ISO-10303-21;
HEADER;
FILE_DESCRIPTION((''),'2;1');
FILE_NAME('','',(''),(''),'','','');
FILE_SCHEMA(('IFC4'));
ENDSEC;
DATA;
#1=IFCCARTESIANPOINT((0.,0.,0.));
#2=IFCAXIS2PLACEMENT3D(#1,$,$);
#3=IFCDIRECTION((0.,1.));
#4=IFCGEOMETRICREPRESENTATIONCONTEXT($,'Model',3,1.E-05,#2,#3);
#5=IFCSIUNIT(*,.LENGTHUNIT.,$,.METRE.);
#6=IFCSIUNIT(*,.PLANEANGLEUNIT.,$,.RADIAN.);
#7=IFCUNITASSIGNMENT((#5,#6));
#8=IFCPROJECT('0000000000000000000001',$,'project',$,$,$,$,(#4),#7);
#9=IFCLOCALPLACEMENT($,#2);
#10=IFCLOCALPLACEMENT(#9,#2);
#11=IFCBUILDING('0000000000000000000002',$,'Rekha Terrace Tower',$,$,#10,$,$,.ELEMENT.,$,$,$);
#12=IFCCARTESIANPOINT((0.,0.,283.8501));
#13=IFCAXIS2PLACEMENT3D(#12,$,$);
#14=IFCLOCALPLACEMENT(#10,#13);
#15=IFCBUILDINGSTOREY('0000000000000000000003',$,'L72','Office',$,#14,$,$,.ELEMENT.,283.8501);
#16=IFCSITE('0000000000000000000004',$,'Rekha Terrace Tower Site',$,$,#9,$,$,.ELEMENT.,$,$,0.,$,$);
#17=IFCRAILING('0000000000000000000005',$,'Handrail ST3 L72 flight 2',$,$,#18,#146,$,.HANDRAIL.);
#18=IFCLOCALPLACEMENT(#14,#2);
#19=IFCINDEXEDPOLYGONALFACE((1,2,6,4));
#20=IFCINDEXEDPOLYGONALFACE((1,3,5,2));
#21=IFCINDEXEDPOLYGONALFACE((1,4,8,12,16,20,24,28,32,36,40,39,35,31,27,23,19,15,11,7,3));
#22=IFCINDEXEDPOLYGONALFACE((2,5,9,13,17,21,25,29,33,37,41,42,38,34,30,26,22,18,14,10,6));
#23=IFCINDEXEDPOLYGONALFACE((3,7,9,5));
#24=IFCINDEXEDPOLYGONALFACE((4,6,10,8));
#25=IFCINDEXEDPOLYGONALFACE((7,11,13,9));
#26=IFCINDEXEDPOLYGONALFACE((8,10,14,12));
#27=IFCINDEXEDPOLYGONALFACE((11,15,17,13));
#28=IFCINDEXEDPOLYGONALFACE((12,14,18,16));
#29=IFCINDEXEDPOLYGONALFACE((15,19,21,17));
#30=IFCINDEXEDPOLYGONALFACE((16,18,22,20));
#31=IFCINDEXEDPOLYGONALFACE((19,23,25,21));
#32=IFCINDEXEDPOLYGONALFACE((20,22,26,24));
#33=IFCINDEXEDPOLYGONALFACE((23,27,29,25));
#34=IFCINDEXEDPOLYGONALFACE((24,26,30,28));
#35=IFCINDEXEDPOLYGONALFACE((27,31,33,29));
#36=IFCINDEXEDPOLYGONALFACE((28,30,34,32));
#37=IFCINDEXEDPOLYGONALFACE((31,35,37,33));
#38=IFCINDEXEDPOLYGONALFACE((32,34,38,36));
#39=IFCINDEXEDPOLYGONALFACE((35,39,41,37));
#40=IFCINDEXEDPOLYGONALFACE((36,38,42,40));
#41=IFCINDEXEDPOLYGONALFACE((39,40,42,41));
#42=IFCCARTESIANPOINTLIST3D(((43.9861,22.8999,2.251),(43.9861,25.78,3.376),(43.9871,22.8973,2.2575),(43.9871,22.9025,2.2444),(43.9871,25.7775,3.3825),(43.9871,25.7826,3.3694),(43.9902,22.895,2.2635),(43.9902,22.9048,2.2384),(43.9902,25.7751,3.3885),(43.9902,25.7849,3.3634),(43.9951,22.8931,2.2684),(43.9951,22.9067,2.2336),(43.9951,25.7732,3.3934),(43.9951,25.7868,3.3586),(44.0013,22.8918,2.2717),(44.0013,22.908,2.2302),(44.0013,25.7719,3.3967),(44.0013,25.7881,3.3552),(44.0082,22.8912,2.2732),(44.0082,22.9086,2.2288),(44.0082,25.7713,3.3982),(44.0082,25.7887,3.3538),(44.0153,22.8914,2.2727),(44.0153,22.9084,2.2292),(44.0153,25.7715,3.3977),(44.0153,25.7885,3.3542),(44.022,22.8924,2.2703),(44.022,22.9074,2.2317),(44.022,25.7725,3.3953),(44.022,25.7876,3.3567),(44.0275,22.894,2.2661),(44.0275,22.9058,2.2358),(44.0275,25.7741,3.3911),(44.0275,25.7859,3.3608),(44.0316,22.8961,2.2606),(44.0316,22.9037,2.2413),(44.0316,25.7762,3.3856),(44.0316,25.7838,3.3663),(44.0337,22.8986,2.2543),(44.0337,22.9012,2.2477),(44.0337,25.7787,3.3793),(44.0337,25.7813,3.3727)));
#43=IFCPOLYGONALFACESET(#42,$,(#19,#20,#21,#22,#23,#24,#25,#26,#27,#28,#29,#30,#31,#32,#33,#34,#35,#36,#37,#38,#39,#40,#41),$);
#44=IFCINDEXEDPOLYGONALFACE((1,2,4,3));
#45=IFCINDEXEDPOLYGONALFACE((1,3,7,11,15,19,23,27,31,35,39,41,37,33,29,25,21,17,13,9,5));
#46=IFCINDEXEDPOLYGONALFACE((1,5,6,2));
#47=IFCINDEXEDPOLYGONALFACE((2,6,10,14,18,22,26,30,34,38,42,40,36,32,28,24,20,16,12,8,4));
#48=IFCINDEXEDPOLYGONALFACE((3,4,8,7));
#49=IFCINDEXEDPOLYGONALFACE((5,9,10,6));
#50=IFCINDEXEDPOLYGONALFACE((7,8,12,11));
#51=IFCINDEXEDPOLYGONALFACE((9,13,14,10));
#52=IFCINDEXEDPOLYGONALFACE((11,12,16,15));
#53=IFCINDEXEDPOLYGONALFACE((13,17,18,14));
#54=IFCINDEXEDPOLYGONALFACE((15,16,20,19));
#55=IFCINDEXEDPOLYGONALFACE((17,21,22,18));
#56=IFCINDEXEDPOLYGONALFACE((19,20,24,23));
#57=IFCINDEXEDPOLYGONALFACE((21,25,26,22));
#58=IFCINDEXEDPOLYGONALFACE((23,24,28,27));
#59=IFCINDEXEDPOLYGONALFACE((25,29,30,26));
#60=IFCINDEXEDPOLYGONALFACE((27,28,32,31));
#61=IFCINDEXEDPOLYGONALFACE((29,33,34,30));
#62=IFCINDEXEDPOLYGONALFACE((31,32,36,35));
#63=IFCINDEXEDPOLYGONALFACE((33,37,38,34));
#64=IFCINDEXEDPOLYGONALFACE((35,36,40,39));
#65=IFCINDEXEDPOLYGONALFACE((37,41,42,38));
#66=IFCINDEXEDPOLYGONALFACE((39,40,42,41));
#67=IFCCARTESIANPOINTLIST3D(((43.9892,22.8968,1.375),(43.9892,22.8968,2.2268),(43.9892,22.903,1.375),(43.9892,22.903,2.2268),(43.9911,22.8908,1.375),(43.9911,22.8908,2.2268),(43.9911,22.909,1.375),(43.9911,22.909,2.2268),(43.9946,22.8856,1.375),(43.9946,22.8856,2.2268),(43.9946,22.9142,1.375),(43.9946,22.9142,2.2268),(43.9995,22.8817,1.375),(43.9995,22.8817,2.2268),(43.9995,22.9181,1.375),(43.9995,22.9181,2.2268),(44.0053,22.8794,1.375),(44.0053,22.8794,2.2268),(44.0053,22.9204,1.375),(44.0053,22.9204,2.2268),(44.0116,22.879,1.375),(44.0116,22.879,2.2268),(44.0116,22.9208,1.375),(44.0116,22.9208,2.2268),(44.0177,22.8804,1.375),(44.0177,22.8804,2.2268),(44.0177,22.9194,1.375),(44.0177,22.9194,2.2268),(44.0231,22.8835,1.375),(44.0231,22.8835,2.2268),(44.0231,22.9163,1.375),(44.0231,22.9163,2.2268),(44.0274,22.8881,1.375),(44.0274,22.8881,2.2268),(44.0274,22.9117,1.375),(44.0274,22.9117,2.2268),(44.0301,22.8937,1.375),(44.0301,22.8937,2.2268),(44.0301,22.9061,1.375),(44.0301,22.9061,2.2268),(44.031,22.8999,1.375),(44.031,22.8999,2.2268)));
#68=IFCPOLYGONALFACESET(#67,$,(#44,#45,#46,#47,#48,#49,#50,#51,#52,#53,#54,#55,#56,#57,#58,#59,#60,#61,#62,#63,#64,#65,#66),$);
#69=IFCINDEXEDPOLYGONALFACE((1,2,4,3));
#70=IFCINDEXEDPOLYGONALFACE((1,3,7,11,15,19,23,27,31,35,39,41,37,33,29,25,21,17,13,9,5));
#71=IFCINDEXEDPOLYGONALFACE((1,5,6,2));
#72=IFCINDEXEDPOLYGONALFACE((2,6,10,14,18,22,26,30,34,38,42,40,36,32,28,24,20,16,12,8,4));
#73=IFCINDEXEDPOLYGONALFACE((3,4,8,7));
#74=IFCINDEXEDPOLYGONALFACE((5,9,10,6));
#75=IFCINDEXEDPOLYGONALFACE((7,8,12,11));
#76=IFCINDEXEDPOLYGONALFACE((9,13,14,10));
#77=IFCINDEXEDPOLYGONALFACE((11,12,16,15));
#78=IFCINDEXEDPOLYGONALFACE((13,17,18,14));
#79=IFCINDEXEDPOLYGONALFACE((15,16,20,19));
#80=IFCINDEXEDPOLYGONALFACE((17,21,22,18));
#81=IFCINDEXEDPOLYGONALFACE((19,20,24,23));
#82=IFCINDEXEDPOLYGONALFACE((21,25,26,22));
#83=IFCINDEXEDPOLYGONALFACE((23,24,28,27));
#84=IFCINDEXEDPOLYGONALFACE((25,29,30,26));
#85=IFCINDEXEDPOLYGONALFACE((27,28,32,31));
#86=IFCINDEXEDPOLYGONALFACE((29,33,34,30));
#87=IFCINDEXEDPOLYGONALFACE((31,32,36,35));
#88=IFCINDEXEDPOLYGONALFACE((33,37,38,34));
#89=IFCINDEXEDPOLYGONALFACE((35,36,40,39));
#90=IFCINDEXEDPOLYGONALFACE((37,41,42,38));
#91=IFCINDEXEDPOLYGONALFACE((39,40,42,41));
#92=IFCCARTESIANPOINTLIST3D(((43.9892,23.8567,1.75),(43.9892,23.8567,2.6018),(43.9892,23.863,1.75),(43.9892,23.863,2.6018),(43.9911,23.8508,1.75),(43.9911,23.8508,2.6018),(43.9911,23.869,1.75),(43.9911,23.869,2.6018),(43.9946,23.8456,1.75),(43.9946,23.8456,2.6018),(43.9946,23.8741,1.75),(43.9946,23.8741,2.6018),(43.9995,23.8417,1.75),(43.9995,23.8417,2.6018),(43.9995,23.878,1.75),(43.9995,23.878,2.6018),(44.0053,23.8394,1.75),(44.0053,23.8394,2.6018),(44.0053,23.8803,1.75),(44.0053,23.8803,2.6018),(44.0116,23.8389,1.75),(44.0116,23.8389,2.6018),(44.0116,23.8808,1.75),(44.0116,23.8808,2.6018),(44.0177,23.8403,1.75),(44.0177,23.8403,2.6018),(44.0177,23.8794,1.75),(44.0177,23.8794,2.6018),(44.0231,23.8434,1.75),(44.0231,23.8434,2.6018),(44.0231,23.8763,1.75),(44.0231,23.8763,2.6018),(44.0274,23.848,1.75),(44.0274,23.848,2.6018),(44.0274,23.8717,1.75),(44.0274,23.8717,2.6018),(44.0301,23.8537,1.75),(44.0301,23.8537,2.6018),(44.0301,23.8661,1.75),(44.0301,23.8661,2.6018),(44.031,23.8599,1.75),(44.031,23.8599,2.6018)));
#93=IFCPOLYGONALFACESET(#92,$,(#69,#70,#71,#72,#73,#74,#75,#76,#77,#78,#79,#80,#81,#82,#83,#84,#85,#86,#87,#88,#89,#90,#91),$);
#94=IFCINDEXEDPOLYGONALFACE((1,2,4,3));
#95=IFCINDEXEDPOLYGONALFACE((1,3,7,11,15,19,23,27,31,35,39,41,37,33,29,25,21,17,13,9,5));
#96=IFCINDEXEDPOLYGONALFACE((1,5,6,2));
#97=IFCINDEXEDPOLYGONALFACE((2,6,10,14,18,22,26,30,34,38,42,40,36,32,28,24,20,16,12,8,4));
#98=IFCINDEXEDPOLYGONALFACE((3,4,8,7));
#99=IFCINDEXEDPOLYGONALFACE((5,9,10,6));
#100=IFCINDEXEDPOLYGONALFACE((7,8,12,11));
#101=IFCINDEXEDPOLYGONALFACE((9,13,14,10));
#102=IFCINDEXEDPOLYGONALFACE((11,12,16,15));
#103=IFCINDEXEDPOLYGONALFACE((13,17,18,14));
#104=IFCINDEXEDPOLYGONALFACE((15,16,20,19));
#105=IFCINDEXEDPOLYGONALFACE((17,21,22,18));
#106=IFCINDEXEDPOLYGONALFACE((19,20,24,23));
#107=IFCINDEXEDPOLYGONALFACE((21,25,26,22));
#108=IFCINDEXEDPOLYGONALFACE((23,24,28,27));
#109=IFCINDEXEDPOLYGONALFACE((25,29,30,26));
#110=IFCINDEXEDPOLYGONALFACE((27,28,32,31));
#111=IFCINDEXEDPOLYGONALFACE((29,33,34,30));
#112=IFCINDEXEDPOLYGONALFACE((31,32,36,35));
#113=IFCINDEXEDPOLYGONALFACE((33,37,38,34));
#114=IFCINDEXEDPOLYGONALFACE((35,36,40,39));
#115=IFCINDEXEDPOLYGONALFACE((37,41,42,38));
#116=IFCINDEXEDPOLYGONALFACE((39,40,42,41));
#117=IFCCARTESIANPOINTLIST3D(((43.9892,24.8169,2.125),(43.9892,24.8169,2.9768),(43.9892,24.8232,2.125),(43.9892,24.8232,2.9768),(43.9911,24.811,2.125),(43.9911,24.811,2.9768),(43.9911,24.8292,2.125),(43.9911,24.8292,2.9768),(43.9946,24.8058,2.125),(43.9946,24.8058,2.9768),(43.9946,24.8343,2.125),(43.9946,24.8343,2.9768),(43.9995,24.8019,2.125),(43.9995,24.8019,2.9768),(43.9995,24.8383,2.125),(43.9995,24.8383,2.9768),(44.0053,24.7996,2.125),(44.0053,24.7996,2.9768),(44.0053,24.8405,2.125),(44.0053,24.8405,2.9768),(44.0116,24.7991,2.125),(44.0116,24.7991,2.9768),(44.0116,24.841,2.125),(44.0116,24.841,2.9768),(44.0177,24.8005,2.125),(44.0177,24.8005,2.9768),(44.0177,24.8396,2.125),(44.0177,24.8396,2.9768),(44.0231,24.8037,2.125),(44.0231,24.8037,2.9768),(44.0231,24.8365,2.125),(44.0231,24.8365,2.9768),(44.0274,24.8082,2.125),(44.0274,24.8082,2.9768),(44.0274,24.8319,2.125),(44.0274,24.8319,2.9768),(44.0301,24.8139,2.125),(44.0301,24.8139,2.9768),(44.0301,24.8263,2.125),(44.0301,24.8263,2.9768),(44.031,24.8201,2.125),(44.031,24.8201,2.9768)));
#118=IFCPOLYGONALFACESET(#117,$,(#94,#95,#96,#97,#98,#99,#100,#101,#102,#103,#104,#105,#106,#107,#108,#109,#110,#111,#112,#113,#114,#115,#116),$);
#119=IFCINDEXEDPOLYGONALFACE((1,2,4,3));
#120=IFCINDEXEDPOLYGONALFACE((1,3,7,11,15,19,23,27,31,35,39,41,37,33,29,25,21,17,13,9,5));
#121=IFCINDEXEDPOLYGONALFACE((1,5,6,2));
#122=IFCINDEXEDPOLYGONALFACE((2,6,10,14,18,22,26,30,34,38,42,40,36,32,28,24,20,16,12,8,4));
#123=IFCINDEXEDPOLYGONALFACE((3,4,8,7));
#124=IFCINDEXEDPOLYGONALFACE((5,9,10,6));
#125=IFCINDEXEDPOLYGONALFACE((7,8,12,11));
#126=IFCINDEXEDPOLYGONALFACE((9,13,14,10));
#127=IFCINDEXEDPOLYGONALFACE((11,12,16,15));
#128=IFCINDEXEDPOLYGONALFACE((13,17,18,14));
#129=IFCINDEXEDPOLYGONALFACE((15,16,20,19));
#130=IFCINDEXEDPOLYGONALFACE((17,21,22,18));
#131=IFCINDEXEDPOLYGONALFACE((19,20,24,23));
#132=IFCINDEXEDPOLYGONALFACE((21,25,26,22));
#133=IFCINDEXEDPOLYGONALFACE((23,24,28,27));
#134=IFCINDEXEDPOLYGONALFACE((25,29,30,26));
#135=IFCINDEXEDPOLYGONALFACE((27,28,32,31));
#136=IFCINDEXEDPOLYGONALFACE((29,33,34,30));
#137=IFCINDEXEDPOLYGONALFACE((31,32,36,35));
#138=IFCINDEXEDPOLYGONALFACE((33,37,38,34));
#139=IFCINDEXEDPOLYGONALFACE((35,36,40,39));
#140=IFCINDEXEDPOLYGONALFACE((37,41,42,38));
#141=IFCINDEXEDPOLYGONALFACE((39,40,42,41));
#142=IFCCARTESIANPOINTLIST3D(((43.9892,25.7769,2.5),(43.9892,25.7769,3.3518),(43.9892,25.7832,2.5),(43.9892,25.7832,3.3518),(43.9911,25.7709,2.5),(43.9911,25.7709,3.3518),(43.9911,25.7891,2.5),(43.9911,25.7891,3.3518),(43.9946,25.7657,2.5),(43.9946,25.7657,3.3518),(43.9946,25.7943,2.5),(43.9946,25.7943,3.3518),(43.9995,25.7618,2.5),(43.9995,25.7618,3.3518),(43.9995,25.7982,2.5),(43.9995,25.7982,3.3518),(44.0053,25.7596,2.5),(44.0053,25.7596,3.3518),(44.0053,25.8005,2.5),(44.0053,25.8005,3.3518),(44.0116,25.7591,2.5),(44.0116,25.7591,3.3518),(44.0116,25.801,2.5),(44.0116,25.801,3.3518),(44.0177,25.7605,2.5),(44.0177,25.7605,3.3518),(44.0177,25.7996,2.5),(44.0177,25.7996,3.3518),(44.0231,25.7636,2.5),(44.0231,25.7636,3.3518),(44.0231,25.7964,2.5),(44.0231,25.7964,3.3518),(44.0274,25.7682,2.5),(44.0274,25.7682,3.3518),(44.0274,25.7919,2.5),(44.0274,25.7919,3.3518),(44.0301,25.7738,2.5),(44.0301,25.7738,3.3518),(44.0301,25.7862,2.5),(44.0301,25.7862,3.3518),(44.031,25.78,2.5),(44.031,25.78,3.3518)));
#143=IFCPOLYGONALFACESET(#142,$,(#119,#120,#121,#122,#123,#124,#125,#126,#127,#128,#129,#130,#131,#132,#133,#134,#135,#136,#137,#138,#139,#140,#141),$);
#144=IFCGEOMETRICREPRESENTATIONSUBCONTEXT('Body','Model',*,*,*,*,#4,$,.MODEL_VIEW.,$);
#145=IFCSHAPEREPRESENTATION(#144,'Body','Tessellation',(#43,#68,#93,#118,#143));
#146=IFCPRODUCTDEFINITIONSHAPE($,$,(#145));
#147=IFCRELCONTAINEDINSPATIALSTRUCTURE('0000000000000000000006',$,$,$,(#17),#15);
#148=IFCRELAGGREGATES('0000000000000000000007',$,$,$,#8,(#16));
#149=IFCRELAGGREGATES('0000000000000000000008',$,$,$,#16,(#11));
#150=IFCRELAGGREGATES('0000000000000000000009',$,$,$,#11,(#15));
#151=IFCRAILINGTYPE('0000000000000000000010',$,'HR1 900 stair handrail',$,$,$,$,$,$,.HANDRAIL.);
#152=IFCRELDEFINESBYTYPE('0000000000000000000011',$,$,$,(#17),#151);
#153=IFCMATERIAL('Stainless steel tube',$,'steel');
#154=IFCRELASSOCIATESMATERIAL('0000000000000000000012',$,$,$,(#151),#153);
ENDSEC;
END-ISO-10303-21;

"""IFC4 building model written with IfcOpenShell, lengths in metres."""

from ifc_helpers import new_model, si_unit, direction, frame, origin, origin_2d, place, context, subcontext, project, spatial, circle, extrude, material, type_object, element, save


model = new_model("IFC4")

# Units and contexts
model_context = context("Model", 3, precision=1e-05, world=origin(), true_north=direction((0.0, 1.0)))
body_context = subcontext(model_context, "Body", "Model", "MODEL_VIEW")
ifc_project = project(units=[si_unit("LENGTHUNIT", "METRE"), si_unit("PLANEANGLEUNIT", "RADIAN")], contexts=[model_context])

# Site, building, storey
site_placement = place(None, origin())
site = spatial("IfcSite", under=ifc_project, at=site_placement, Name="Rekha Terrace Tower Site", CompositionType="ELEMENT", RefElevation=0.0)
building_placement = place(site_placement, origin())
building = spatial("IfcBuilding", under=site, at=building_placement, Name="Rekha Terrace Tower", CompositionType="ELEMENT")
storey_placement = place(building_placement, frame((0.0, 0.0, 283.8501)))
storey = spatial("IfcBuildingStorey", under=building, at=storey_placement, Name="L72", Description="Office", CompositionType="ELEMENT", Elevation=283.8501)

# Railing
ifc_material_1 = material(Name="Stainless steel tube", Category="steel")
railing_type_1 = type_object("IfcRailingType", Name="HR1 900 stair handrail", PredefinedType="HANDRAIL", material=ifc_material_1)
railing_1_placement = place(storey_placement, frame((44.01, 22.8999, 1.375)))
element("IfcRailing", 1, at=railing_1_placement, inside=storey, type_object=railing_type_1, Name="Handrail ST3 L72 flight 2", PredefinedType="HANDRAIL", context=body_context, shape_type="SweptSolid", body=[
    extrude(circle(Radius=0.0239, at=origin_2d()), frame((0.0, 0.0, 0.876), z_axis=(0.0, 0.931463, 0.363837), x_axis=(-1.0, 0.0, 0.0)), (0.0, 0.0, 1.0), 3.092),
    extrude(circle(Radius=0.021, at=origin_2d()), origin(), (0.0, 0.0, 1.0), 0.8518),
    extrude(circle(Radius=0.021, at=origin_2d()), frame((0.0, 0.96, 0.375)), (0.0, 0.0, 1.0), 0.8518),
    extrude(circle(Radius=0.021, at=origin_2d()), frame((0.0, 1.9202, 0.75)), (0.0, 0.0, 1.0), 0.8518),
    extrude(circle(Radius=0.021, at=origin_2d()), frame((0.0, 2.8801, 1.125)), (0.0, 0.0, 1.0), 0.8518),
])

save(model, "model.ifc")
